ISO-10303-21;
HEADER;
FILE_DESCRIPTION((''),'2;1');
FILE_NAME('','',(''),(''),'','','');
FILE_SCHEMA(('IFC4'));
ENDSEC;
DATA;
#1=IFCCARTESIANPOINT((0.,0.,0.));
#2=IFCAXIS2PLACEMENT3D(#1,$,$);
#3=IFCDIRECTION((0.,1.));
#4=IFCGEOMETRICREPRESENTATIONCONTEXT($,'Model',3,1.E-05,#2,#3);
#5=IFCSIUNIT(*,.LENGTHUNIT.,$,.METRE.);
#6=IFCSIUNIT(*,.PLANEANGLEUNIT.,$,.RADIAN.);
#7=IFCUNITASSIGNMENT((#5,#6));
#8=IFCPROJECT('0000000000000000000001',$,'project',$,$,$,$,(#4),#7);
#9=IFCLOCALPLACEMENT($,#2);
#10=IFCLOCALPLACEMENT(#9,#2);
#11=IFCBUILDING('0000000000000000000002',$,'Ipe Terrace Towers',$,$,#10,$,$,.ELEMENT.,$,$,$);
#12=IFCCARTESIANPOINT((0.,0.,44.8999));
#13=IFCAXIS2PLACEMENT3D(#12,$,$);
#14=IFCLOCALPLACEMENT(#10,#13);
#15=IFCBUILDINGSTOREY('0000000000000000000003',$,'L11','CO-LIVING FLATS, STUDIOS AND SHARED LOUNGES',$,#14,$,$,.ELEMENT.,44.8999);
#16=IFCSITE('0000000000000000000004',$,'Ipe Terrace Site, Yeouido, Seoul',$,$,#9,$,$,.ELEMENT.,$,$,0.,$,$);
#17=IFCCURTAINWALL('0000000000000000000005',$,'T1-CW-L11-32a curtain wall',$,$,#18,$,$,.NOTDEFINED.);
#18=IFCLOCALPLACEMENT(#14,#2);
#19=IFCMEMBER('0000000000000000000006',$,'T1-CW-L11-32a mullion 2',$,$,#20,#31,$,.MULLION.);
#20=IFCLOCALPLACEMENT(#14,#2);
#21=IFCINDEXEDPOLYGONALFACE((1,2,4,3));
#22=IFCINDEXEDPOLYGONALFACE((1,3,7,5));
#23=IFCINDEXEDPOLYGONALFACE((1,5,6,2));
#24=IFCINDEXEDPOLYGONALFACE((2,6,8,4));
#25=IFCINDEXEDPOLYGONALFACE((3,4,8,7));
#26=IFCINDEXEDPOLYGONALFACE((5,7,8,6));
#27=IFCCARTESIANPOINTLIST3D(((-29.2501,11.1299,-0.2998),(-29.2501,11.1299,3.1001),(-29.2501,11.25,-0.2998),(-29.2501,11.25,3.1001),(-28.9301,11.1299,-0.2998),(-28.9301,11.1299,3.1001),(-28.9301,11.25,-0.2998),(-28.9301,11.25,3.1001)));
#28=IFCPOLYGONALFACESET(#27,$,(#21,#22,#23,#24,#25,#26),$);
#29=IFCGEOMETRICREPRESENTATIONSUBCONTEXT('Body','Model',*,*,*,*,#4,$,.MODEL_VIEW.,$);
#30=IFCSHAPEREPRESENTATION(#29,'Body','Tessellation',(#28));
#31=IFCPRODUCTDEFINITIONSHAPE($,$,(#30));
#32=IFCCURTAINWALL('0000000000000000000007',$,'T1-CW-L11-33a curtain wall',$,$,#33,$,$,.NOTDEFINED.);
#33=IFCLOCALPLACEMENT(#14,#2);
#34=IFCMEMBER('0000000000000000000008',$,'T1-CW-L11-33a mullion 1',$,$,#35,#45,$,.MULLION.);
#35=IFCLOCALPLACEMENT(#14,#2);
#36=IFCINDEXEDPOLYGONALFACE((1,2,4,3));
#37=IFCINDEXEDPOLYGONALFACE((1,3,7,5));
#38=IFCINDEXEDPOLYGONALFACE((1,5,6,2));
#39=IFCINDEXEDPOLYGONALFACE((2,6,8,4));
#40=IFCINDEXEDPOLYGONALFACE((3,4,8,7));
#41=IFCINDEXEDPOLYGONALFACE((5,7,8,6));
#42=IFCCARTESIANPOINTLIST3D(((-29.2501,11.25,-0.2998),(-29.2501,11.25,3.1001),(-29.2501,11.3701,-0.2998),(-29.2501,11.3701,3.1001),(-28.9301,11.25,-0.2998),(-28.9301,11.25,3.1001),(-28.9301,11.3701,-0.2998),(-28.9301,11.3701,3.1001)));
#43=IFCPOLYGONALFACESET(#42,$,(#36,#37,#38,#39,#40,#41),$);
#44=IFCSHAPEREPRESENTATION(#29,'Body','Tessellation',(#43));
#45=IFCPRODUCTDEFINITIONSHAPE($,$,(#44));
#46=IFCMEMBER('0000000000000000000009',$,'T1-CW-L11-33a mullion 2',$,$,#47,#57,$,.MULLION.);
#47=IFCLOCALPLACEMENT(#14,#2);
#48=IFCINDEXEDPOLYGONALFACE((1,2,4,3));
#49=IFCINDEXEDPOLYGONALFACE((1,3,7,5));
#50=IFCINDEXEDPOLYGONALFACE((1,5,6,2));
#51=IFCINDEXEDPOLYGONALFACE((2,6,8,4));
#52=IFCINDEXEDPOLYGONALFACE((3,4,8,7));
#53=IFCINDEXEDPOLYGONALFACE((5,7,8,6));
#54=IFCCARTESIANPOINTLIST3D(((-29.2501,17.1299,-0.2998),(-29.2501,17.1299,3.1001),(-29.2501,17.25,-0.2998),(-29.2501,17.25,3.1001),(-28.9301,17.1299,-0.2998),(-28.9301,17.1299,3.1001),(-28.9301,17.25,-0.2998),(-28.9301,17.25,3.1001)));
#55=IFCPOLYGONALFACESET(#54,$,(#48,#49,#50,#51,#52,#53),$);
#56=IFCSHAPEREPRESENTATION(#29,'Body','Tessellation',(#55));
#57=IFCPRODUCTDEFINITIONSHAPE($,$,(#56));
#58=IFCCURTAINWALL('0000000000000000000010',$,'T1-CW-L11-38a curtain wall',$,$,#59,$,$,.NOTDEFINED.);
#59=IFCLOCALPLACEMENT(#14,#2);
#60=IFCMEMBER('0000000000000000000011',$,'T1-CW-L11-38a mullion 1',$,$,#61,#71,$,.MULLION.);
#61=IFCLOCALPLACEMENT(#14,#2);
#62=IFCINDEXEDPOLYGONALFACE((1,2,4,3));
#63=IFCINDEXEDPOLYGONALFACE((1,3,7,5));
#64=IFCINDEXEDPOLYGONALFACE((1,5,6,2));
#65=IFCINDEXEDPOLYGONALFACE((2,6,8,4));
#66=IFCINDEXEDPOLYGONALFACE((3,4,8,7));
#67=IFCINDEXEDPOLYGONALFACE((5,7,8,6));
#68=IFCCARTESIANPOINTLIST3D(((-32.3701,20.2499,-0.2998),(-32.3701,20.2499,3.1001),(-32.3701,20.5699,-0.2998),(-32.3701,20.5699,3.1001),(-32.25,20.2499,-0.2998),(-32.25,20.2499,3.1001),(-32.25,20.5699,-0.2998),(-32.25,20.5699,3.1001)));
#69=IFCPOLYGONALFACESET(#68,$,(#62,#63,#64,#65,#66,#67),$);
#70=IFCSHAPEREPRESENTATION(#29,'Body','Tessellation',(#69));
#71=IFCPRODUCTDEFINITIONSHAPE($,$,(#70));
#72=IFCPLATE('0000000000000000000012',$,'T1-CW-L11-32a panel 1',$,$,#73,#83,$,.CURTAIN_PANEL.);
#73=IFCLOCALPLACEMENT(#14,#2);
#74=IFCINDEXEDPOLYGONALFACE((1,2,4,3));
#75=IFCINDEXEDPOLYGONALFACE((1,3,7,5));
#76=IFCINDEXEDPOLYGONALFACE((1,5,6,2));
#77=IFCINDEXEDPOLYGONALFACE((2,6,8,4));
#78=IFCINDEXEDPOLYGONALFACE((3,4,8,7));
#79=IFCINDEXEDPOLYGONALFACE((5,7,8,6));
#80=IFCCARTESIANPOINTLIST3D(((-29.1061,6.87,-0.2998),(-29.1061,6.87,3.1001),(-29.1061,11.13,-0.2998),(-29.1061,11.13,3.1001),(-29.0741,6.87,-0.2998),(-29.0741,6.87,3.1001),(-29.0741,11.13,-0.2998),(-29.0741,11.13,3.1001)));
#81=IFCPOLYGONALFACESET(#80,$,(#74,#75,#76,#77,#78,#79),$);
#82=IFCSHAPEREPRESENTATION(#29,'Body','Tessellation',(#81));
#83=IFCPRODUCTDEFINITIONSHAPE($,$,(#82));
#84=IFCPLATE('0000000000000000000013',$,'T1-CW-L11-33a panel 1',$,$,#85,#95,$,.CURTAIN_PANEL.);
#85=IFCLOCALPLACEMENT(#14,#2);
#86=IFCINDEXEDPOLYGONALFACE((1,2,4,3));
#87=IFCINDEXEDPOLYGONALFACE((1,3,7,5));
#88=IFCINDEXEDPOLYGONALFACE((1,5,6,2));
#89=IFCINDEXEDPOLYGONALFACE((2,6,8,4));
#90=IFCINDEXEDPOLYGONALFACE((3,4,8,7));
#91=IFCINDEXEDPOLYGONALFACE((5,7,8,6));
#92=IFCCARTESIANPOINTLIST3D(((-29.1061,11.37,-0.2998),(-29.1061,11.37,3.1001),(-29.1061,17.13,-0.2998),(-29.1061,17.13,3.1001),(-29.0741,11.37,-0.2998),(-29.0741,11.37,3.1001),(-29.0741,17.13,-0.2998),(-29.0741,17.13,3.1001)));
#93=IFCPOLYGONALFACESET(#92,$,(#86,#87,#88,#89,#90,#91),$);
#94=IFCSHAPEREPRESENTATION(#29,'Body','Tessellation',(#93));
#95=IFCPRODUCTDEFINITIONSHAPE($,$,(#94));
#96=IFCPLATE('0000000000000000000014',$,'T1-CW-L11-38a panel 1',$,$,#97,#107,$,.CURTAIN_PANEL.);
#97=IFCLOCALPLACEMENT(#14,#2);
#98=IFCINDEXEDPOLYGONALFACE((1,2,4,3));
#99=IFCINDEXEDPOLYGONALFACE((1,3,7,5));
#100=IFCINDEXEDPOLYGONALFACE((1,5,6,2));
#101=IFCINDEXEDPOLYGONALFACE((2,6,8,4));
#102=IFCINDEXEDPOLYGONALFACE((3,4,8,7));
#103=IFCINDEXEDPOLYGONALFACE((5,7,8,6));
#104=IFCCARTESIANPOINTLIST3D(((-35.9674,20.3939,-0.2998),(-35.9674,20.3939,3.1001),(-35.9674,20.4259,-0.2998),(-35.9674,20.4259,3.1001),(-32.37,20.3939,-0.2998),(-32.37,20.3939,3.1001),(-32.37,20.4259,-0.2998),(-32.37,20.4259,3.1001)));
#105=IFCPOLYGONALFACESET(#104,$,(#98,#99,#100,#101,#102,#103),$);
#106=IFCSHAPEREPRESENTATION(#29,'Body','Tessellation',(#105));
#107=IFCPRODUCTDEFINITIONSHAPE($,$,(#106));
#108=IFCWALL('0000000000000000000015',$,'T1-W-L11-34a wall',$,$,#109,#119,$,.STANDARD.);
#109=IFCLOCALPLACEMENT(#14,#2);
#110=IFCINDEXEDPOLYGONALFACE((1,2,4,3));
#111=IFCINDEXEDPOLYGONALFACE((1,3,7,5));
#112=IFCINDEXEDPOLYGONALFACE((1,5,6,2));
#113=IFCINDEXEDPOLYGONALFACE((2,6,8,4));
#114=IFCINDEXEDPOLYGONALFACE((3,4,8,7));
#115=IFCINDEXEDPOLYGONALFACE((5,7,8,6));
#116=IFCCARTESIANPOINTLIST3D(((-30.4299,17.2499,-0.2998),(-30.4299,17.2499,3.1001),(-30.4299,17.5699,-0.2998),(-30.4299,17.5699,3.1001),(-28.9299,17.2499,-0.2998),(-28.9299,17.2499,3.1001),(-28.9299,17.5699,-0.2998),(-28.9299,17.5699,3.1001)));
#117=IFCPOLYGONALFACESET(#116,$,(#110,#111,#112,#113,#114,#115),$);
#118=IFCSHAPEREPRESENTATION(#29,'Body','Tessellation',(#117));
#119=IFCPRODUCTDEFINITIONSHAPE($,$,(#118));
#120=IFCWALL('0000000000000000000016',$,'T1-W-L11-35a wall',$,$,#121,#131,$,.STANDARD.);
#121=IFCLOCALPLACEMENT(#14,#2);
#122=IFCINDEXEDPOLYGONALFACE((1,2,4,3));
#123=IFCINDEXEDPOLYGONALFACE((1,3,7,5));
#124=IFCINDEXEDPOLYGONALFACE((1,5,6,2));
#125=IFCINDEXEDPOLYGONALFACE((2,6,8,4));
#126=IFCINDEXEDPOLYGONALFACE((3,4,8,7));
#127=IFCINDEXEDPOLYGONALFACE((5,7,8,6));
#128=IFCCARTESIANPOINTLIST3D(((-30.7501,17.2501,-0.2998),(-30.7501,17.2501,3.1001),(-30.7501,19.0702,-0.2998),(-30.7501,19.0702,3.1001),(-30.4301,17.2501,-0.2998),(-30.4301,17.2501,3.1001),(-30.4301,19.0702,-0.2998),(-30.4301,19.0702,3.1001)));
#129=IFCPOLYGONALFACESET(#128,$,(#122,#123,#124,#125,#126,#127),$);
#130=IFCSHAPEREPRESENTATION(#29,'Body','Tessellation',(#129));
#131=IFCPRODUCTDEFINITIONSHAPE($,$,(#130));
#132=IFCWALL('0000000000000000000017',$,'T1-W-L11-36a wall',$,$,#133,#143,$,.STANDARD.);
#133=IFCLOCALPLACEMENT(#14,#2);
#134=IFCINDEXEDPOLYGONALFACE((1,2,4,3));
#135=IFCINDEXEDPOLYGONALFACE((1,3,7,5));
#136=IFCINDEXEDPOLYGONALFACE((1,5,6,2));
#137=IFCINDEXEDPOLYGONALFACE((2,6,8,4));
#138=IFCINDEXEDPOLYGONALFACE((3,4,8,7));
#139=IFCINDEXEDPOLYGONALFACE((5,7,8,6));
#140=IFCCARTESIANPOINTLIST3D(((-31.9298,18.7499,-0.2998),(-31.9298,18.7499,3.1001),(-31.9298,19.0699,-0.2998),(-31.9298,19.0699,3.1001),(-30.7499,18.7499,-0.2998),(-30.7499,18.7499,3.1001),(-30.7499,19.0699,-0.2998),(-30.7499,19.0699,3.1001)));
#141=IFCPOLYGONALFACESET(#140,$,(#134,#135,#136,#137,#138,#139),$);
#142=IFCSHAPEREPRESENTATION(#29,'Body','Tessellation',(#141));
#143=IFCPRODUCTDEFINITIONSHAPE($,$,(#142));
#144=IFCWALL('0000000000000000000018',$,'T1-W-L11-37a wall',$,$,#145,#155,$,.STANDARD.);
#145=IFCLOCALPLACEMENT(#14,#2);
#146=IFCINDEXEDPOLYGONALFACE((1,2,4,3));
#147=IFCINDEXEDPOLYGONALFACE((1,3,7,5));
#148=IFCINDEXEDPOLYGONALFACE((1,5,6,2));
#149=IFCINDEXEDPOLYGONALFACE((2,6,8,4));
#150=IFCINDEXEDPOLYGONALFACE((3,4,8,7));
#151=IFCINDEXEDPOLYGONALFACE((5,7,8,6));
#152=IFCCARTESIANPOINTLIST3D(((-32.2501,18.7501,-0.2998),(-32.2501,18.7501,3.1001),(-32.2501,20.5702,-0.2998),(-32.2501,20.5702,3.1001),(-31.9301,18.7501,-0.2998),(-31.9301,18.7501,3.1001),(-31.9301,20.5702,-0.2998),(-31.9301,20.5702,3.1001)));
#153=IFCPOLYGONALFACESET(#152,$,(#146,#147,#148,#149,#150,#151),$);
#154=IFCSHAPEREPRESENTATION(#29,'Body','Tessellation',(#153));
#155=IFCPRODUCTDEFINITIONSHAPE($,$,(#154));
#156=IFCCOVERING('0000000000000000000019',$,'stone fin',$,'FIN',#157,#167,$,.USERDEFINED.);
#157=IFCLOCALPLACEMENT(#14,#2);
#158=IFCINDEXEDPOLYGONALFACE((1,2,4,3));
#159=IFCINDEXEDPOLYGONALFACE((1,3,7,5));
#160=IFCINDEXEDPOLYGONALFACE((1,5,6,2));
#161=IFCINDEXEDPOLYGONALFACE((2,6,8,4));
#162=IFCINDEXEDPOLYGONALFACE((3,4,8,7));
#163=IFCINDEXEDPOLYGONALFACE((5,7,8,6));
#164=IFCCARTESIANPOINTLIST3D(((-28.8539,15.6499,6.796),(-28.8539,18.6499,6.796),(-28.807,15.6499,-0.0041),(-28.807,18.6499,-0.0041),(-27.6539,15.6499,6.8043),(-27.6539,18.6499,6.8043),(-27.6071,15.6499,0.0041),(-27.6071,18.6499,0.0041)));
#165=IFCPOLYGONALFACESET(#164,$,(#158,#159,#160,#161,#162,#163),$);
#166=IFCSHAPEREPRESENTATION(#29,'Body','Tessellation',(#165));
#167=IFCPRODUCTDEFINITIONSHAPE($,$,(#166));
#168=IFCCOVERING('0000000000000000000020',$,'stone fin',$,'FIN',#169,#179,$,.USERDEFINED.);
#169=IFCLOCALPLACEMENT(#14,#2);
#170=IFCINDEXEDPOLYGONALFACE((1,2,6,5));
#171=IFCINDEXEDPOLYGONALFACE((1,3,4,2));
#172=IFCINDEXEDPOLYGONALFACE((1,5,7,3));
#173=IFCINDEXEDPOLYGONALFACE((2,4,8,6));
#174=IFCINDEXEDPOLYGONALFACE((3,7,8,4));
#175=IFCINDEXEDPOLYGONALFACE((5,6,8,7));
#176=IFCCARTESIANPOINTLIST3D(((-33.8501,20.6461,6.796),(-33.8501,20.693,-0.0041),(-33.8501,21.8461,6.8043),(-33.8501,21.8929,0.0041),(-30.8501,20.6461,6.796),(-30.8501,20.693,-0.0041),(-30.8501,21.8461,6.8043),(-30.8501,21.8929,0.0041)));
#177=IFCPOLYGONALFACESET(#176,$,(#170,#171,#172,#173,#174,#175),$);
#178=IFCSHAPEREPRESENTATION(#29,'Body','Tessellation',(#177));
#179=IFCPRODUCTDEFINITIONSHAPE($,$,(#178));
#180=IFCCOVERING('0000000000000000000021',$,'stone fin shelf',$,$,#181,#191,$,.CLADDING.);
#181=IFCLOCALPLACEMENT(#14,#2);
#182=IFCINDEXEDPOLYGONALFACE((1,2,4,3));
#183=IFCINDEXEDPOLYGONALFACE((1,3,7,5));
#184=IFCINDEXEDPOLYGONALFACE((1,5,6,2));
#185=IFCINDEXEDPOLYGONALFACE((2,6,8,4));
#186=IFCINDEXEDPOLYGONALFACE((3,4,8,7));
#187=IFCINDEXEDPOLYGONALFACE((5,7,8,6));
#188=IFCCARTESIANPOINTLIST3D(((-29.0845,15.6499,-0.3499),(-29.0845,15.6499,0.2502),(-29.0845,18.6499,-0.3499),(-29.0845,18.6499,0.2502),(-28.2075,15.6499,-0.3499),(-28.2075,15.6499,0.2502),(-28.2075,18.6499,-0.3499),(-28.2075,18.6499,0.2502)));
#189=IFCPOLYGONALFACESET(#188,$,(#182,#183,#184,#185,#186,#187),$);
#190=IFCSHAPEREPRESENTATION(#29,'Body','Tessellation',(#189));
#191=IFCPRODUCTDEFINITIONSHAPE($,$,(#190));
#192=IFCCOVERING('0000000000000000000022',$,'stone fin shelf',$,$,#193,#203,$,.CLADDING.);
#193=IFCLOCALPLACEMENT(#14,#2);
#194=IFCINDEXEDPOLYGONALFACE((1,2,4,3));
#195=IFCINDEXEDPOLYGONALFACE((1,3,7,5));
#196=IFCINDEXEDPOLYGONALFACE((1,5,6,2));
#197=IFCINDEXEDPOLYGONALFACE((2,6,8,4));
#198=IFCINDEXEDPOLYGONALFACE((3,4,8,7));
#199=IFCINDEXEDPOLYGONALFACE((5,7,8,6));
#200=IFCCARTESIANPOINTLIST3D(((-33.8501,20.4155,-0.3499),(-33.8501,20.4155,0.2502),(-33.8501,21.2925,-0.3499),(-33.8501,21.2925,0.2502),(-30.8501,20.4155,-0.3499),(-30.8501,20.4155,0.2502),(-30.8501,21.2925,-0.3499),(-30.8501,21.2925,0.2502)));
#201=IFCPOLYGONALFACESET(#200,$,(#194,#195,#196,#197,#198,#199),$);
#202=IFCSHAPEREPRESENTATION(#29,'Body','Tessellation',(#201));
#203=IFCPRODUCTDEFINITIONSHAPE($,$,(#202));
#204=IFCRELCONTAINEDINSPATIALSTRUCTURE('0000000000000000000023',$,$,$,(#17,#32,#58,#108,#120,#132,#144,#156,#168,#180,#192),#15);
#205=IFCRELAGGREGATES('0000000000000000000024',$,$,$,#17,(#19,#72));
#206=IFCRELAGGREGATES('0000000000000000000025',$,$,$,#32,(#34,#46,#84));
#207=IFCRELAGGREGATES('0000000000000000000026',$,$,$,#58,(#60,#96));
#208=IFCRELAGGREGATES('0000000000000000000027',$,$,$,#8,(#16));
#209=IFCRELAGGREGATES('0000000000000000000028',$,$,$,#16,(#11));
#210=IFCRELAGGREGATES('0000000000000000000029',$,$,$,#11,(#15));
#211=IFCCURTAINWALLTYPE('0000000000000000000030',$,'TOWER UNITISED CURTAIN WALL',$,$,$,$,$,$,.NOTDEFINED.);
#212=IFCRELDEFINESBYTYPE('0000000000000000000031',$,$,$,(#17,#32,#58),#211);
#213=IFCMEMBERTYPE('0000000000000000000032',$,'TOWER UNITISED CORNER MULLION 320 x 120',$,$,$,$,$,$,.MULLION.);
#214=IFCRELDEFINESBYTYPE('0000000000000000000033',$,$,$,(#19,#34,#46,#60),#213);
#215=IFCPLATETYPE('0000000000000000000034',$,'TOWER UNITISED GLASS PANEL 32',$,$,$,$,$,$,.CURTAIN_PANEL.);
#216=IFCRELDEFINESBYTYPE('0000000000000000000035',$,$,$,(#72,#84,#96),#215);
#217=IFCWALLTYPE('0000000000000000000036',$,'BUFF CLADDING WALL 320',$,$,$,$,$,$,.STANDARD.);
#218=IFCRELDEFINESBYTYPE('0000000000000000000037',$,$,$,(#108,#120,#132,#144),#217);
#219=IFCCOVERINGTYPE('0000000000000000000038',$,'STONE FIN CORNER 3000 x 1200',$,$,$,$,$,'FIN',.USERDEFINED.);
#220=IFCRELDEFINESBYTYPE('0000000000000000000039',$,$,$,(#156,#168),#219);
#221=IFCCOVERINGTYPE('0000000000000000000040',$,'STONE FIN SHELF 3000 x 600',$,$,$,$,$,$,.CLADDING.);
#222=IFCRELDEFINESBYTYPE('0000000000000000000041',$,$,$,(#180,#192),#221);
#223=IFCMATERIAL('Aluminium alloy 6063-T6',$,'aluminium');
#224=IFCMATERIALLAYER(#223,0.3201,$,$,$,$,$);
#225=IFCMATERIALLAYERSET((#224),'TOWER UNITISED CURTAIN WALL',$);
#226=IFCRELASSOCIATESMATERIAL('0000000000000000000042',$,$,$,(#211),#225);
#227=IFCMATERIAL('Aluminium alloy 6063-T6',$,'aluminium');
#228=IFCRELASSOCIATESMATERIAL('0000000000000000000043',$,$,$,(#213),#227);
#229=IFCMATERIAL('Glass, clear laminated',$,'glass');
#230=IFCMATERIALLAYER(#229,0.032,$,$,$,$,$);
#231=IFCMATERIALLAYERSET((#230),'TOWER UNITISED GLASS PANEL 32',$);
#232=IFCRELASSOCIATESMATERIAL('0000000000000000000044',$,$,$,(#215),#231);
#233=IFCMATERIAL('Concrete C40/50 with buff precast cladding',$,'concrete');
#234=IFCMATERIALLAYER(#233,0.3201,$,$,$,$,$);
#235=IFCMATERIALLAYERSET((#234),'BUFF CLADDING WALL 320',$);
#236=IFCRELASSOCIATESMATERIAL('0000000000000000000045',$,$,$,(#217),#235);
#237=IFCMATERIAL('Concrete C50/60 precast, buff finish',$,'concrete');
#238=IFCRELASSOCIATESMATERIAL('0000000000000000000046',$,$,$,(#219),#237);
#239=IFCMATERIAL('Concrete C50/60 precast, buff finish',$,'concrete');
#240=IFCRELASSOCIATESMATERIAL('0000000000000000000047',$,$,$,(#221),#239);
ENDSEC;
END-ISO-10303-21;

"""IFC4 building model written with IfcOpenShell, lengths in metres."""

from ifc_helpers import new_model, si_unit, direction, frame, frame_2d, origin, origin_2d, place, context, subcontext, project, spatial, rectangle, extrude, material, layer, layer_set, material_profile, profile_set, type_object, element, aggregate, save


model = new_model("IFC4")

# Units and contexts
model_context = context("Model", 3, precision=1e-05, world=origin(), true_north=direction((0.0, 1.0)))
body_context = subcontext(model_context, "Body", "Model", "MODEL_VIEW")
ifc_project = project(units=[si_unit("LENGTHUNIT", "METRE"), si_unit("PLANEANGLEUNIT", "RADIAN")], contexts=[model_context])

# Site, building, storey
site_placement = place(None, origin())
site = spatial("IfcSite", under=ifc_project, at=site_placement, Name="Ipe Terrace Site, Yeouido, Seoul", CompositionType="ELEMENT", RefElevation=0.0)
building_placement = place(site_placement, origin())
building = spatial("IfcBuilding", under=site, at=building_placement, Name="Ipe Terrace Towers", CompositionType="ELEMENT")
storey_placement = place(building_placement, frame((0.0, 0.0, 44.8999)))
storey = spatial("IfcBuildingStorey", under=building, at=storey_placement, Name="L11", Description="CO-LIVING FLATS, STUDIOS AND SHARED LOUNGES", CompositionType="ELEMENT", Elevation=44.8999)

# Curtain wall, member
ifc_material_1 = material(Name="Aluminium alloy 6063-T6", Category="aluminium")
ifc_layer_1 = layer(ifc_material_1, 0.3201)
ifc_layer_set_1 = layer_set([ifc_layer_1], Name="TOWER UNITISED CURTAIN WALL")
curtain_wall_type = type_object("IfcCurtainWallType", Name="TOWER UNITISED CURTAIN WALL", PredefinedType="NOTDEFINED", material=ifc_layer_set_1)
curtain_wall_1_placement = place(storey_placement, origin())
curtain_wall_1 = element("IfcCurtainWall", 1, at=curtain_wall_1_placement, inside=storey, type_object=curtain_wall_type, Name="T1-CW-L11-32a curtain wall", PredefinedType="NOTDEFINED")
ifc_material_2 = material(Name="Aluminium alloy 6063-T6", Category="aluminium")
ifc_material_profile_1 = material_profile(ifc_material_2, rectangle(XDim=0.3201, YDim=0.1201, at=origin_2d()), Name="TOWER UNITISED CORNER MULLION 320 x 120")
ifc_profile_set_1 = profile_set([ifc_material_profile_1], Name="Aluminium alloy 6063-T6")
member_type = type_object("IfcMemberType", Name="TOWER UNITISED CORNER MULLION 320 x 120", PredefinedType="MULLION", material=ifc_profile_set_1)
member_1_placement = place(storey_placement, frame((-29.0901, 11.1899, -0.2998), z_axis=(0.0, 0.0, 1.0), x_axis=(1.0, 0.0, 0.0)))
member_1 = element("IfcMember", 2, at=member_1_placement, type_object=member_type, Name="T1-CW-L11-32a mullion 2", PredefinedType="MULLION", context=body_context, shape_type="SweptSolid", body=[
    extrude(rectangle(XDim=0.3201, YDim=0.1201, at=origin_2d()), origin(), (0.0, 0.0, 1.0), 3.3999),
])

# Curtain wall, members
curtain_wall_2_placement = place(storey_placement, origin())
curtain_wall_2 = element("IfcCurtainWall", 3, at=curtain_wall_2_placement, inside=storey, type_object=curtain_wall_type, Name="T1-CW-L11-33a curtain wall", PredefinedType="NOTDEFINED")
member_2_placement = place(storey_placement, frame((-29.0901, 11.3101, -0.2998), z_axis=(0.0, 0.0, 1.0), x_axis=(1.0, 0.0, 0.0)))
member_2 = element("IfcMember", 4, at=member_2_placement, type_object=member_type, Name="T1-CW-L11-33a mullion 1", PredefinedType="MULLION", context=body_context, shape_type="SweptSolid", body=[
    extrude(rectangle(XDim=0.3201, YDim=0.1201, at=origin_2d()), origin(), (0.0, 0.0, 1.0), 3.3999),
])
member_3_placement = place(storey_placement, frame((-29.0901, 17.1899, -0.2998), z_axis=(0.0, 0.0, 1.0), x_axis=(1.0, 0.0, 0.0)))
member_3 = element("IfcMember", 5, at=member_3_placement, type_object=member_type, Name="T1-CW-L11-33a mullion 2", PredefinedType="MULLION", context=body_context, shape_type="SweptSolid", body=[
    extrude(rectangle(XDim=0.3201, YDim=0.1201, at=origin_2d()), origin(), (0.0, 0.0, 1.0), 3.3999),
])

# Curtain wall, member
curtain_wall_3_placement = place(storey_placement, origin())
curtain_wall_3 = element("IfcCurtainWall", 6, at=curtain_wall_3_placement, inside=storey, type_object=curtain_wall_type, Name="T1-CW-L11-38a curtain wall", PredefinedType="NOTDEFINED")
member_4_placement = place(storey_placement, frame((-32.3101, 20.4099, -0.2998), z_axis=(0.0, 0.0, 1.0), x_axis=(0.0, 1.0, 0.0)))
member_4 = element("IfcMember", 7, at=member_4_placement, type_object=member_type, Name="T1-CW-L11-38a mullion 1", PredefinedType="MULLION", context=body_context, shape_type="SweptSolid", body=[
    extrude(rectangle(XDim=0.3201, YDim=0.1201, at=origin_2d()), origin(), (0.0, 0.0, 1.0), 3.3999),
])

# Plates
ifc_material_3 = material(Name="Glass, clear laminated", Category="glass")
ifc_layer_2 = layer(ifc_material_3, 0.032)
ifc_layer_set_2 = layer_set([ifc_layer_2], Name="TOWER UNITISED GLASS PANEL 32")
plate_type = type_object("IfcPlateType", Name="TOWER UNITISED GLASS PANEL 32", PredefinedType="CURTAIN_PANEL", material=ifc_layer_set_2)
plate_1_placement = place(storey_placement, frame((-29.0901, 9.0, -0.2998), z_axis=(0.0, 0.0, 1.0), x_axis=(0.0, 1.0, 0.0)))
plate_1 = element("IfcPlate", 8, at=plate_1_placement, type_object=plate_type, Name="T1-CW-L11-32a panel 1", PredefinedType="CURTAIN_PANEL", context=body_context, shape_type="SweptSolid", body=[
    extrude(rectangle(XDim=4.26, YDim=0.032, at=origin_2d()), origin(), (0.0, 0.0, 1.0), 3.3999),
])
aggregate(curtain_wall_1, [member_1, plate_1])
plate_2_placement = place(storey_placement, frame((-29.0901, 14.25, -0.2998), z_axis=(0.0, 0.0, 1.0), x_axis=(0.0, 1.0, 0.0)))
plate_2 = element("IfcPlate", 9, at=plate_2_placement, type_object=plate_type, Name="T1-CW-L11-33a panel 1", PredefinedType="CURTAIN_PANEL", context=body_context, shape_type="SweptSolid", body=[
    extrude(rectangle(XDim=5.76, YDim=0.032, at=origin_2d()), origin(), (0.0, 0.0, 1.0), 3.3999),
])
aggregate(curtain_wall_2, [member_2, member_3, plate_2])
plate_3_placement = place(storey_placement, frame((-34.1687, 20.4099, -0.2998), z_axis=(0.0, 0.0, 1.0), x_axis=(-1.0, 0.0, 0.0)))
plate_3 = element("IfcPlate", 10, at=plate_3_placement, type_object=plate_type, Name="T1-CW-L11-38a panel 1", PredefinedType="CURTAIN_PANEL", context=body_context, shape_type="SweptSolid", body=[
    extrude(rectangle(XDim=3.5974, YDim=0.032, at=origin_2d()), origin(), (0.0, 0.0, 1.0), 3.3999),
])
aggregate(curtain_wall_3, [member_4, plate_3])

# Walls
ifc_material_4 = material(Name="Concrete C40/50 with buff precast cladding", Category="concrete")
ifc_layer_3 = layer(ifc_material_4, 0.3201)
ifc_layer_set_3 = layer_set([ifc_layer_3], Name="BUFF CLADDING WALL 320")
wall_type = type_object("IfcWallType", Name="BUFF CLADDING WALL 320", PredefinedType="STANDARD", material=ifc_layer_set_3)
wall_1_placement = place(storey_placement, frame((-28.9299, 17.4099, -0.2998), z_axis=(0.0, 0.0, 1.0), x_axis=(-1.0, 0.0, 0.0)))
element("IfcWall", 11, at=wall_1_placement, inside=storey, type_object=wall_type, Name="T1-W-L11-34a wall", PredefinedType="STANDARD", context=body_context, shape_type="SweptSolid", body=[
    extrude(rectangle(XDim=1.5, YDim=0.3201, at=frame_2d((0.75, 0.0))), origin(), (0.0, 0.0, 1.0), 3.3999),
])
wall_2_placement = place(storey_placement, frame((-30.5901, 17.25, -0.2998), z_axis=(0.0, 0.0, 1.0), x_axis=(0.0, 1.0, 0.0)))
element("IfcWall", 12, at=wall_2_placement, inside=storey, type_object=wall_type, Name="T1-W-L11-35a wall", PredefinedType="STANDARD", context=body_context, shape_type="SweptSolid", body=[
    extrude(rectangle(XDim=1.8201, YDim=0.3201, at=frame_2d((0.9102, 0.0))), origin(), (0.0, 0.0, 1.0), 3.3999),
])
wall_3_placement = place(storey_placement, frame((-30.75, 18.9099, -0.2998), z_axis=(0.0, 0.0, 1.0), x_axis=(-1.0, 0.0, 0.0)))
element("IfcWall", 13, at=wall_3_placement, inside=storey, type_object=wall_type, Name="T1-W-L11-36a wall", PredefinedType="STANDARD", context=body_context, shape_type="SweptSolid", body=[
    extrude(rectangle(XDim=1.1799, YDim=0.3201, at=frame_2d((0.5898, 0.0))), origin(), (0.0, 0.0, 1.0), 3.3999),
])
wall_4_placement = place(storey_placement, frame((-32.0901, 18.75, -0.2998), z_axis=(0.0, 0.0, 1.0), x_axis=(0.0, 1.0, 0.0)))
element("IfcWall", 14, at=wall_4_placement, inside=storey, type_object=wall_type, Name="T1-W-L11-37a wall", PredefinedType="STANDARD", context=body_context, shape_type="SweptSolid", body=[
    extrude(rectangle(XDim=1.8201, YDim=0.3201, at=frame_2d((0.9102, 0.0))), origin(), (0.0, 0.0, 1.0), 3.3999),
])

# Coverings
ifc_material_5 = material(Name="Concrete C50/60 precast, buff finish", Category="concrete")
ifc_material_profile_2 = material_profile(ifc_material_5, rectangle(XDim=3.0, YDim=1.2, at=origin_2d()), Name="STONE FIN CORNER 3000 x 1200")
ifc_profile_set_2 = profile_set([ifc_material_profile_2], Name="Concrete C50/60 precast, buff finish")
covering_type_1 = type_object("IfcCoveringType", Name="STONE FIN CORNER 3000 x 1200", ElementType="FIN", PredefinedType="USERDEFINED", material=ifc_profile_set_2)
for number, where, z_axis, x_axis, name in (
    (15, (-28.207, 17.1499, 0.0), (-0.006893, 0.0, 0.999976), (0.0, 1.0, 0.0), "stone fin"),
    (16, (-32.3501, 21.293, 0.0), (0.0, -0.006893, 0.999976), (-1.0, 0.0, 0.0), "stone fin"),
):
    element("IfcCovering", number, at=place(storey_placement, frame(where, z_axis=z_axis, x_axis=x_axis)), inside=storey, type_object=covering_type_1, Name=name, ObjectType="FIN", PredefinedType="USERDEFINED", context=body_context, shape_type="SweptSolid", body=[
        extrude(rectangle(XDim=3.0, YDim=1.2, at=origin_2d()), origin(), (0.0, 0.0, 1.0), 6.8003),
    ])
ifc_material_6 = material(Name="Concrete C50/60 precast, buff finish", Category="concrete")
covering_type_2 = type_object("IfcCoveringType", Name="STONE FIN SHELF 3000 x 600", PredefinedType="CLADDING", material=ifc_material_6)
for number, where, z_axis, x_axis, name in (
    (17, (-28.646, 17.1499, -0.3499), (0.0, 0.0, 1.0), (0.0, 1.0, 0.0), "stone fin shelf"),
    (18, (-32.3501, 20.854, -0.3499), (0.0, 0.0, 1.0), (-1.0, 0.0, 0.0), "stone fin shelf"),
):
    element("IfcCovering", number, at=place(storey_placement, frame(where, z_axis=z_axis, x_axis=x_axis)), inside=storey, type_object=covering_type_2, Name=name, PredefinedType="CLADDING", context=body_context, shape_type="SweptSolid", body=[
        extrude(rectangle(XDim=3.0, YDim=0.877, at=origin_2d()), origin(), (0.0, 0.0, 1.0), 0.6001),
    ])

save(model, "model.ifc")
